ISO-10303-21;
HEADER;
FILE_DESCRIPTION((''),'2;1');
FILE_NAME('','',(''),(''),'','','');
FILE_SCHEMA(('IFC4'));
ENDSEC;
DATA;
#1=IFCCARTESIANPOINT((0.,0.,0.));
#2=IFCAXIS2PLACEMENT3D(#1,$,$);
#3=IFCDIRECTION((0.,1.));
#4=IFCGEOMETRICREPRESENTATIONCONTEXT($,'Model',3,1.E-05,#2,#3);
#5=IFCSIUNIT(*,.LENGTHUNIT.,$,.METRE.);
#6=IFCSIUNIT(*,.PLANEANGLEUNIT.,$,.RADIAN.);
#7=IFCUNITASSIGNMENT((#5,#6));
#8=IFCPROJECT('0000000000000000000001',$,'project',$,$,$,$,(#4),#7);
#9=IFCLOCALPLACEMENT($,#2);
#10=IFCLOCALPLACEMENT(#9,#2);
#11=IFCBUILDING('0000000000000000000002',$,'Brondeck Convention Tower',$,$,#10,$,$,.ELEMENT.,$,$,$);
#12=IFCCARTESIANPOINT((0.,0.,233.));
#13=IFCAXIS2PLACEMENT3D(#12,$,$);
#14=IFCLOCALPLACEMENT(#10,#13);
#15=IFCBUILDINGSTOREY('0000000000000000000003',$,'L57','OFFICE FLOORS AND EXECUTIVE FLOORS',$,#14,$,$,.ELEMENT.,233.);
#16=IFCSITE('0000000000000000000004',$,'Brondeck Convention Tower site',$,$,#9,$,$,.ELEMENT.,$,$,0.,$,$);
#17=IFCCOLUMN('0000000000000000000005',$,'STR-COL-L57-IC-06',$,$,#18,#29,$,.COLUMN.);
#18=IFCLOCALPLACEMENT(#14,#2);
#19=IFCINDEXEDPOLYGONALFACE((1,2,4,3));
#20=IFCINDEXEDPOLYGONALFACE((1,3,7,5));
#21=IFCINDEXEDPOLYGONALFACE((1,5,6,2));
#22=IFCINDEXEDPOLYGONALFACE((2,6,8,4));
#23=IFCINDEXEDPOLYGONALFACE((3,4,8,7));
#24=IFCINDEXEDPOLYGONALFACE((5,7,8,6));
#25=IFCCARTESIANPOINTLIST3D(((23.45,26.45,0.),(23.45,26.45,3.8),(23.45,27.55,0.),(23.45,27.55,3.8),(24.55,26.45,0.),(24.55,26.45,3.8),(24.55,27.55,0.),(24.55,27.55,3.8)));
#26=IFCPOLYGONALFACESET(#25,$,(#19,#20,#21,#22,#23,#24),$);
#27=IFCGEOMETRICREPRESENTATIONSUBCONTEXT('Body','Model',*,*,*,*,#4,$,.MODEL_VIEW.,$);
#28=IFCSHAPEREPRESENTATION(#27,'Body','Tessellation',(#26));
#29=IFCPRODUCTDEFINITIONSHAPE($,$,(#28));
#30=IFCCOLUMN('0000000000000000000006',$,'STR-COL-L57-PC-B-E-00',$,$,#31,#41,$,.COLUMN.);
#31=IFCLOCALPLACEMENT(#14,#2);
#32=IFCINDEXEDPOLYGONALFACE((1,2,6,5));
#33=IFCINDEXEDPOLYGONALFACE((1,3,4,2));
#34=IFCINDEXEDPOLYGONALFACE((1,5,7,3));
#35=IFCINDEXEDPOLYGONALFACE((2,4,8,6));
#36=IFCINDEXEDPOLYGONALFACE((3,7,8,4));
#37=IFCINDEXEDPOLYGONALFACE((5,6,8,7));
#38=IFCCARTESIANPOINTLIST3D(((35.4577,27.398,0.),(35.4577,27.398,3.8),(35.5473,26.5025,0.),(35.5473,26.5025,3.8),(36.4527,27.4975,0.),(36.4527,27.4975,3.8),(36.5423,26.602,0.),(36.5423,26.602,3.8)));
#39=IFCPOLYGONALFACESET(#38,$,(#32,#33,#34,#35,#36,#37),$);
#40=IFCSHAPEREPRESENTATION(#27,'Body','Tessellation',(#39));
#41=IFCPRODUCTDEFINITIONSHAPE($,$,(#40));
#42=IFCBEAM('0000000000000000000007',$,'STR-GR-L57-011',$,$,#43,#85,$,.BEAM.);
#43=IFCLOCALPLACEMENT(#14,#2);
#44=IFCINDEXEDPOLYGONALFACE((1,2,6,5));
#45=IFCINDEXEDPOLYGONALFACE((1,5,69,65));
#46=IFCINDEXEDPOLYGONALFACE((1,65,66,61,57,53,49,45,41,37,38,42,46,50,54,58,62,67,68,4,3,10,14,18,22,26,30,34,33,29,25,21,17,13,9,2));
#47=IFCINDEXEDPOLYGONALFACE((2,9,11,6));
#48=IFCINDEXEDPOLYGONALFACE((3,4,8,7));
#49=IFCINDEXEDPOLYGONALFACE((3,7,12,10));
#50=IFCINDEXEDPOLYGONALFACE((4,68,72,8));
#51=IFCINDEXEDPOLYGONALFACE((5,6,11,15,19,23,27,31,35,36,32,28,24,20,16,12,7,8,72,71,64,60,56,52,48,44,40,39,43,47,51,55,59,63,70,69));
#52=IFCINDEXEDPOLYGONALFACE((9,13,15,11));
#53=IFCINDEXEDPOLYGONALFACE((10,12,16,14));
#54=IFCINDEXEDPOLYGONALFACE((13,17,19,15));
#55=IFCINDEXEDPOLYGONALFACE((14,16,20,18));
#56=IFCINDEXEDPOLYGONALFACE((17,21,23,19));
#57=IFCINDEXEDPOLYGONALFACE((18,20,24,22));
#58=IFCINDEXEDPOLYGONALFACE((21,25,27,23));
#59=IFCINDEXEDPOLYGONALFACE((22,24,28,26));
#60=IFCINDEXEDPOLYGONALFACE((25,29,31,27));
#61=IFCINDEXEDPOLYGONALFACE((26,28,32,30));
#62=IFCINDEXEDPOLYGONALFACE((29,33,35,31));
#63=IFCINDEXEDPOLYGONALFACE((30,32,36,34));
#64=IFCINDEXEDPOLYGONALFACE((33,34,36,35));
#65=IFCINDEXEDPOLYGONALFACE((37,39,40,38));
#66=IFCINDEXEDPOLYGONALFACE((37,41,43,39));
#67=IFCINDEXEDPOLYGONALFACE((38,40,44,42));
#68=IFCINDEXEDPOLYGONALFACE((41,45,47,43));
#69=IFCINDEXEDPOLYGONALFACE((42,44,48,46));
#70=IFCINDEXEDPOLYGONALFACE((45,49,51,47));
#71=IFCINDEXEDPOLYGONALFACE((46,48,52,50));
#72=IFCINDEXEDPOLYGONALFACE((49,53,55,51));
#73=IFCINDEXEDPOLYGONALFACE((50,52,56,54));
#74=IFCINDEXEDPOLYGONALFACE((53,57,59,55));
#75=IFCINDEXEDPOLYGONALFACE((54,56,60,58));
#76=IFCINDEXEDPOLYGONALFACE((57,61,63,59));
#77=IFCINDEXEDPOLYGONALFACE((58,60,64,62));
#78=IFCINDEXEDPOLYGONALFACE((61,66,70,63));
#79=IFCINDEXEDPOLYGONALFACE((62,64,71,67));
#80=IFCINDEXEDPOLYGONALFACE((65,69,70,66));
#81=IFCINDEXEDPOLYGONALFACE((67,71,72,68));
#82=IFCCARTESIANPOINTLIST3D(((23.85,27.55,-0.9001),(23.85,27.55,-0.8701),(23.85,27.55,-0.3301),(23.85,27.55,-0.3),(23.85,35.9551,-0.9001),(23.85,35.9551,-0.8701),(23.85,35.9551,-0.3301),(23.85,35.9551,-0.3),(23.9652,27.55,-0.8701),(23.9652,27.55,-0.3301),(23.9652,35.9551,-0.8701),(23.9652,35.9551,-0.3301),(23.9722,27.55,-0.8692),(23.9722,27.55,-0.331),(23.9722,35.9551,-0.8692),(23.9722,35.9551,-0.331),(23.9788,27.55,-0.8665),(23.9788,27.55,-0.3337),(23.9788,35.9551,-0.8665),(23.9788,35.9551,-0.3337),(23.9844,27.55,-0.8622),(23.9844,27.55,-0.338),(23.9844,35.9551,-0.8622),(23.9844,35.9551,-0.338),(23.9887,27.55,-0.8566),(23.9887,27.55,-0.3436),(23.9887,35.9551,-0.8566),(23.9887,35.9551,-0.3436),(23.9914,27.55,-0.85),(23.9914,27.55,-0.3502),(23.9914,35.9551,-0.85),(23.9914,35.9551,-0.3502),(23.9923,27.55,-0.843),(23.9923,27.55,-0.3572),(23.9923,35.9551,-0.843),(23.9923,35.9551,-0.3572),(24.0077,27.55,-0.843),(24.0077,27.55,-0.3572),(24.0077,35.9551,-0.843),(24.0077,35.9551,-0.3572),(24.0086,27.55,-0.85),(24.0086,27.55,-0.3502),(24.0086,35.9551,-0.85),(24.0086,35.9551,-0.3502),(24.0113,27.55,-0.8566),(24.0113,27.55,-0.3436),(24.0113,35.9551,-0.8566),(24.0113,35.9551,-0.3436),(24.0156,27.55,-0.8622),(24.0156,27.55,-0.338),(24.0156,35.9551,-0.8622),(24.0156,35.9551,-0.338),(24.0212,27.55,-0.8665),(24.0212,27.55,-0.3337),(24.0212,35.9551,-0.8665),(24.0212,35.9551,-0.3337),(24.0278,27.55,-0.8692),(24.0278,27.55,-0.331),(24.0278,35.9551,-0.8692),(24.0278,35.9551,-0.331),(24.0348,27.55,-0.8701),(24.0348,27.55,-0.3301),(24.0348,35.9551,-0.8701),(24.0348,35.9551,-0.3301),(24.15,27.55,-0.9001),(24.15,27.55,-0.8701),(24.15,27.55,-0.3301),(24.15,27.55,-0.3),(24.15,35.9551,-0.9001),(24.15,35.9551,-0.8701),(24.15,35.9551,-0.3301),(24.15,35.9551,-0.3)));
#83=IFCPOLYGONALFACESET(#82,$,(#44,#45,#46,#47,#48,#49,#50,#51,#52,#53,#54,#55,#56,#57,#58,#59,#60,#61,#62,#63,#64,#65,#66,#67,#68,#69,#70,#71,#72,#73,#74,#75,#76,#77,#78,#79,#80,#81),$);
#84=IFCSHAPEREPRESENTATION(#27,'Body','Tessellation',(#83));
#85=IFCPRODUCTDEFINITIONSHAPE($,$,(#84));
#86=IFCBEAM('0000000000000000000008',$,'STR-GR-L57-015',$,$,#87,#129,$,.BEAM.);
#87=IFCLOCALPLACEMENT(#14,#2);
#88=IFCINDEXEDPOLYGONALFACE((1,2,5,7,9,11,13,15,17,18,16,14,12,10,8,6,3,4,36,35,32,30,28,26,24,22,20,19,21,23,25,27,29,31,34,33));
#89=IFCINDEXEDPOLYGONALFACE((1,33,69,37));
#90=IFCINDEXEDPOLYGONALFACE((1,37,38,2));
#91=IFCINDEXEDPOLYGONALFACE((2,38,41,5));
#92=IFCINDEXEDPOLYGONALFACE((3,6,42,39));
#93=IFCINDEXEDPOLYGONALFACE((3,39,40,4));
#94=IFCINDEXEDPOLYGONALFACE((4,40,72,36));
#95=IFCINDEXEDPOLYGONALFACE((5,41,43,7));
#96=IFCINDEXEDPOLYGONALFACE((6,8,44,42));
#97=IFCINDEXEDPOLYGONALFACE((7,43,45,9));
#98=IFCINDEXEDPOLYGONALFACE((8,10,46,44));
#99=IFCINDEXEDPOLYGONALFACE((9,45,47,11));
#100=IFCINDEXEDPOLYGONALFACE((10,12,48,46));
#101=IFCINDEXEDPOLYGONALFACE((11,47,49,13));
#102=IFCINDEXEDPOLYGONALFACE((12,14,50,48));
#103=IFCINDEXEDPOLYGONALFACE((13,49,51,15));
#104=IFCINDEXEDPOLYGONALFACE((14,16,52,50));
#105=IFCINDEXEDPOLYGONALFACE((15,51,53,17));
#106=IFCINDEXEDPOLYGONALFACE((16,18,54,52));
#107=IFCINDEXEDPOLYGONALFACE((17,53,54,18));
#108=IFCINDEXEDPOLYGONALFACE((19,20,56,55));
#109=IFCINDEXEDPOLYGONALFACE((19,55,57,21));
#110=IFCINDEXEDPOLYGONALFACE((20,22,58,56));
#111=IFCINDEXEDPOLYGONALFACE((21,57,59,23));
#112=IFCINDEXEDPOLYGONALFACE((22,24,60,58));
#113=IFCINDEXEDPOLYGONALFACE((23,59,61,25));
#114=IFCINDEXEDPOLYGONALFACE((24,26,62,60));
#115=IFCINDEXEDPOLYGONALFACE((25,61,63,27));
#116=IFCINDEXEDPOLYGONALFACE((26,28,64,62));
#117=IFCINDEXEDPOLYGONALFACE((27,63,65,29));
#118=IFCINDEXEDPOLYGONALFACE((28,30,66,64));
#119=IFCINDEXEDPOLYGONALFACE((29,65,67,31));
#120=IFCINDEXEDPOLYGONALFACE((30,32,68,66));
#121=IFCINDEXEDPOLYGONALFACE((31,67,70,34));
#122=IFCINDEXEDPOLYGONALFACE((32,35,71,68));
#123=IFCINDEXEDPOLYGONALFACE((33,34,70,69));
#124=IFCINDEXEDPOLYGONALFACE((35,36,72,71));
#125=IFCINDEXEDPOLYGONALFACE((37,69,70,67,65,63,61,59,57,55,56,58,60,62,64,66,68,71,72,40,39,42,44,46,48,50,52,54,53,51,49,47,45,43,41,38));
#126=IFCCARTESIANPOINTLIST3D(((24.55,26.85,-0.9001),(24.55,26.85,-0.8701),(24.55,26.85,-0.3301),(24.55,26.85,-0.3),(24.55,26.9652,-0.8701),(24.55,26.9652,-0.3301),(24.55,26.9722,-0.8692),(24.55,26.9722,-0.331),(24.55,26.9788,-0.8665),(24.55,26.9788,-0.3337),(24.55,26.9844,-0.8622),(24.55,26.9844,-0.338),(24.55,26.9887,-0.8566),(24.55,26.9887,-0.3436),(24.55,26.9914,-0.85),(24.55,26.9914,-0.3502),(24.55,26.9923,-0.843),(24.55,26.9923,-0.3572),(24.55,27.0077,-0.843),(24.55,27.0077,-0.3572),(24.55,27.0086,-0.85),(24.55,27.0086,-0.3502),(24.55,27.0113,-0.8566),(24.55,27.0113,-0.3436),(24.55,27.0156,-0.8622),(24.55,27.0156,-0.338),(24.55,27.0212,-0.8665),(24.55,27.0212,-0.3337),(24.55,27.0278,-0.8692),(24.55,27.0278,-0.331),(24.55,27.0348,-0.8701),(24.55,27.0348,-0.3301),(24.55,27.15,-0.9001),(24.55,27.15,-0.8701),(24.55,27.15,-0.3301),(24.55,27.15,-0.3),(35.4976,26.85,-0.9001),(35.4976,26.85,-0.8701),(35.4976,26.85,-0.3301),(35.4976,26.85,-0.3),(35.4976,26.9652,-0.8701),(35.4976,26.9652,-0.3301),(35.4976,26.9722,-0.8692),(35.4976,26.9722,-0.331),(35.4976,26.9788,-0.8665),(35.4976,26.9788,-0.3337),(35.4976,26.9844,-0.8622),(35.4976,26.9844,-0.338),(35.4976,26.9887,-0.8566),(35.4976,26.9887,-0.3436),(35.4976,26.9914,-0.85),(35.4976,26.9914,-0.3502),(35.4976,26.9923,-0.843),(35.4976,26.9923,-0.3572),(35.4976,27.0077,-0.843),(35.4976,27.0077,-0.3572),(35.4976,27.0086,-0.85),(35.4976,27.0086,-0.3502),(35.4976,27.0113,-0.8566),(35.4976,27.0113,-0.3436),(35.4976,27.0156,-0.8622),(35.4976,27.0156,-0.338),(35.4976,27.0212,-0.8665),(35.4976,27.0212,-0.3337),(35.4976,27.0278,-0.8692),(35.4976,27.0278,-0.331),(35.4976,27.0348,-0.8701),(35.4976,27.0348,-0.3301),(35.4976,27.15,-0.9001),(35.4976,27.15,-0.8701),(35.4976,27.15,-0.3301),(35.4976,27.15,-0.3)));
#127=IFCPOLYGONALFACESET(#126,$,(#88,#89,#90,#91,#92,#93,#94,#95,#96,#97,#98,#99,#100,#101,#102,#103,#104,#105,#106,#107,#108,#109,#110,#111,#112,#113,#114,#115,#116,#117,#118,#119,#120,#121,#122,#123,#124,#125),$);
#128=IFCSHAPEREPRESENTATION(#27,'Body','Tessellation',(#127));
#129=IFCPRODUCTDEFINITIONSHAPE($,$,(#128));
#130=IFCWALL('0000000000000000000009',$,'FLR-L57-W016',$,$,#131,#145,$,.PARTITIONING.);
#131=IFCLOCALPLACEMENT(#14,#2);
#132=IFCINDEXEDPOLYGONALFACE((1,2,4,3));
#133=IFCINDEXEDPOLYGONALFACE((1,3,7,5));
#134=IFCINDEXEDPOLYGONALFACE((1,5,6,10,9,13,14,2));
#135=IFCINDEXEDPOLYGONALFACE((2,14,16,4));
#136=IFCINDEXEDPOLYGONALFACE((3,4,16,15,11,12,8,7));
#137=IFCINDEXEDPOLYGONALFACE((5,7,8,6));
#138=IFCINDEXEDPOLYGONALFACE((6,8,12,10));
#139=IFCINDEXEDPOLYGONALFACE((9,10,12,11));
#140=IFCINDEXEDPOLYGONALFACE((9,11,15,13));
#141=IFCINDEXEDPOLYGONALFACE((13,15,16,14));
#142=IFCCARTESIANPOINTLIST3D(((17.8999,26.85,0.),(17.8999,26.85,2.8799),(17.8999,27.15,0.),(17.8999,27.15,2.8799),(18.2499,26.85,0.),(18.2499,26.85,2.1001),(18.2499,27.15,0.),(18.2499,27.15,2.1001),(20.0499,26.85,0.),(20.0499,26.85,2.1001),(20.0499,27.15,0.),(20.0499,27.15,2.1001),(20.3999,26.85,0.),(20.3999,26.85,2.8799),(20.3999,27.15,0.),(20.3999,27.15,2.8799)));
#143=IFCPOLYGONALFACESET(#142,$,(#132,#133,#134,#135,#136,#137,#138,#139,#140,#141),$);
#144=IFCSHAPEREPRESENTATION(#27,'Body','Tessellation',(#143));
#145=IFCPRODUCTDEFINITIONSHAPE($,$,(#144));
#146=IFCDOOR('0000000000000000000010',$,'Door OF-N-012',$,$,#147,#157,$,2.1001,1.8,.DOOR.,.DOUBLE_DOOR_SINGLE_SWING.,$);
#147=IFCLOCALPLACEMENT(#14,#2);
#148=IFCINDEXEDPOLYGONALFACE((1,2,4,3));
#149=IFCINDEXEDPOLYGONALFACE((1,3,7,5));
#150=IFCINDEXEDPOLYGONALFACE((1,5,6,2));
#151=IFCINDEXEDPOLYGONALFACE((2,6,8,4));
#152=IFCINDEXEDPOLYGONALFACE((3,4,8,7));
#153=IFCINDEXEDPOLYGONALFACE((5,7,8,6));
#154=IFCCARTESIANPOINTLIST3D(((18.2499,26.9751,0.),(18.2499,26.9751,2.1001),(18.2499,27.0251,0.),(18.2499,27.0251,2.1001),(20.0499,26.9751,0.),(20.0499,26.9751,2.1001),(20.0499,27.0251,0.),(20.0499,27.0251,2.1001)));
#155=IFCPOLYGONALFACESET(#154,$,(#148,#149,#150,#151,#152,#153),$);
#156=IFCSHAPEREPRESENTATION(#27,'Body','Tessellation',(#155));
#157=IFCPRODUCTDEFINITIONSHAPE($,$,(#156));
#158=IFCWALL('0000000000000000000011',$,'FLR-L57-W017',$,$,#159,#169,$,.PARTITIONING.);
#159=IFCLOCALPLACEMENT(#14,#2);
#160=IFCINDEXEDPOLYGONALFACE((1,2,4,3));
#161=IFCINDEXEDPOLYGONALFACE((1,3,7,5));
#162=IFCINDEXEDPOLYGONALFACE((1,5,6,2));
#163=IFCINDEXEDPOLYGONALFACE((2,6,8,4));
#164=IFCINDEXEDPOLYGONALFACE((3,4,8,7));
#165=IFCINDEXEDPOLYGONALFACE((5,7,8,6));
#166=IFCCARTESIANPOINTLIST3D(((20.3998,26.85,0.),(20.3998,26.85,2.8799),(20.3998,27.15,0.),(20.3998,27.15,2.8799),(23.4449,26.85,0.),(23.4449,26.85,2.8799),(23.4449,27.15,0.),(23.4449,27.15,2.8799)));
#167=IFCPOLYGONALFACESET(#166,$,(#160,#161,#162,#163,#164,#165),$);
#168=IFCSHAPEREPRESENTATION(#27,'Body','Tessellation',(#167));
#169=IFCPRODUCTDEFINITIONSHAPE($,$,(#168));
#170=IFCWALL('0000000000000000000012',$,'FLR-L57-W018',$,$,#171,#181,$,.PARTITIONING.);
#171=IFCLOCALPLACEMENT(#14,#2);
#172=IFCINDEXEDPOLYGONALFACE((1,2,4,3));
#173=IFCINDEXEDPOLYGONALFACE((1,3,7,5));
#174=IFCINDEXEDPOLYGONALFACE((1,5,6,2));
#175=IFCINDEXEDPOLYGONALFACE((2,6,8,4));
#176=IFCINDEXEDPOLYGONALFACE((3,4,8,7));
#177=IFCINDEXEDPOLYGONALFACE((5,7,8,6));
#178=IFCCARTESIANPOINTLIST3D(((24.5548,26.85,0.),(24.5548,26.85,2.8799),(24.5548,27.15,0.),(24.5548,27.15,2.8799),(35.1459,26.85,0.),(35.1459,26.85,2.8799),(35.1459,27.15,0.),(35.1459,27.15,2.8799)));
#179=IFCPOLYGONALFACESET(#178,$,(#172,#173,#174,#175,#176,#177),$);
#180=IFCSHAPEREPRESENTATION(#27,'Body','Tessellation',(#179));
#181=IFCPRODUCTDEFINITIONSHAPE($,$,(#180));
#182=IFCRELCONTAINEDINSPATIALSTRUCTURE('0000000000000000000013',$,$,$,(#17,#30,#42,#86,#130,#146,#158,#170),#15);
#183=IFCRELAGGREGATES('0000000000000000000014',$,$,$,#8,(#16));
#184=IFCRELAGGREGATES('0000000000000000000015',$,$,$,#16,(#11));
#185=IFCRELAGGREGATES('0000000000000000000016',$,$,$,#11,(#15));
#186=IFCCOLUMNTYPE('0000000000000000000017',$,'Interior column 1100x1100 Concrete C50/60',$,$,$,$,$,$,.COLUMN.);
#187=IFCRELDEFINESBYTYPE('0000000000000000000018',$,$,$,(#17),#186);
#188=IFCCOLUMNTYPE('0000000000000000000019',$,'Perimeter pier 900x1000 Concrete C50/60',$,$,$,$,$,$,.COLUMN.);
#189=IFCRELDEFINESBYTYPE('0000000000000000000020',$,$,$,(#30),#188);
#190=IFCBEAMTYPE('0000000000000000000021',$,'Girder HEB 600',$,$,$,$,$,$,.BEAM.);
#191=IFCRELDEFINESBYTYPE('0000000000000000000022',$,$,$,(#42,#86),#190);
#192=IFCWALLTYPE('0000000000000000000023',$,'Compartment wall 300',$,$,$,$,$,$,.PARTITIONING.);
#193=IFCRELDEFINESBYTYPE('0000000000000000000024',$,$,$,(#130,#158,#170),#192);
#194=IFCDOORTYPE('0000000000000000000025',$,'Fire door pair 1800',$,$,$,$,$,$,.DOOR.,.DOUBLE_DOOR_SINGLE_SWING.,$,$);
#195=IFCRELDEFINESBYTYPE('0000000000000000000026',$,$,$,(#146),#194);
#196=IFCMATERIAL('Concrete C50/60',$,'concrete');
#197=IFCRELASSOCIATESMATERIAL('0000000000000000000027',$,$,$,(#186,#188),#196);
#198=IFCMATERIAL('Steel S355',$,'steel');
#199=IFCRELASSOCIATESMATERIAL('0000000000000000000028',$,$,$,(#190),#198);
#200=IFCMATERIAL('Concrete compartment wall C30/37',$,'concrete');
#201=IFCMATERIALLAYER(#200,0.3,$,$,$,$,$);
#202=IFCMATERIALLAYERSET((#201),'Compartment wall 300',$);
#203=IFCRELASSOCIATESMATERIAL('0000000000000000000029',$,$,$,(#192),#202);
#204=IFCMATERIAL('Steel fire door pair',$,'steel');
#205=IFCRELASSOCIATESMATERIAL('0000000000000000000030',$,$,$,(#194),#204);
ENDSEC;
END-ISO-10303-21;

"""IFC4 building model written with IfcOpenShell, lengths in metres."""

from ifc_helpers import new_model, si_unit, direction, frame, frame_2d, origin, origin_2d, place, context, subcontext, project, spatial, rectangle, i_section, extrude, material, layer, layer_set, material_profile, profile_set, type_object, element, fill, save


model = new_model("IFC4")

# Units and contexts
model_context = context("Model", 3, precision=1e-05, world=origin(), true_north=direction((0.0, 1.0)))
body_context = subcontext(model_context, "Body", "Model", "MODEL_VIEW")
ifc_project = project(units=[si_unit("LENGTHUNIT", "METRE"), si_unit("PLANEANGLEUNIT", "RADIAN")], contexts=[model_context])

# Site, building, storey
site_placement = place(None, origin())
site = spatial("IfcSite", under=ifc_project, at=site_placement, Name="Brondeck Convention Tower site", CompositionType="ELEMENT", RefElevation=0.0)
building_placement = place(site_placement, origin())
building = spatial("IfcBuilding", under=site, at=building_placement, Name="Brondeck Convention Tower", CompositionType="ELEMENT")
storey_placement = place(building_placement, frame((0.0, 0.0, 233.0)))
storey = spatial("IfcBuildingStorey", under=building, at=storey_placement, Name="L57", Description="OFFICE FLOORS AND EXECUTIVE FLOORS", CompositionType="ELEMENT", Elevation=233.0)

# Columns
ifc_material_1 = material(Name="Concrete C50/60", Category="concrete")
ifc_material_profile_1 = material_profile(ifc_material_1, rectangle(XDim=1.1001, YDim=1.1001, at=origin_2d()), Name="Interior column 1100x1100 Concrete C50/60")
ifc_profile_set_1 = profile_set([ifc_material_profile_1], Name="Concrete C50/60")
column_type_1 = type_object("IfcColumnType", Name="Interior column 1100x1100 Concrete C50/60", PredefinedType="COLUMN", material=ifc_profile_set_1)
column_1_placement = place(storey_placement, frame((24.0, 27.0, 0.0), z_axis=(0.0, 0.0, 1.0), x_axis=(1.0, 0.0, 0.0)))
element("IfcColumn", 1, at=column_1_placement, inside=storey, type_object=column_type_1, Name="STR-COL-L57-IC-06", PredefinedType="COLUMN", context=body_context, shape_type="SweptSolid", body=[
    extrude(rectangle(XDim=1.1001, YDim=1.1001, at=origin_2d()), origin(), (0.0, 0.0, 1.0), 3.8),
])
ifc_material_profile_2 = material_profile(ifc_material_1, rectangle(XDim=0.8999, YDim=1.0, at=origin_2d()), Name="Perimeter pier 900x1000 Concrete C50/60")
ifc_profile_set_2 = profile_set([ifc_material_profile_2], Name="Concrete C50/60")
column_type_2 = type_object("IfcColumnType", Name="Perimeter pier 900x1000 Concrete C50/60", PredefinedType="COLUMN", material=ifc_profile_set_2)
column_2_placement = place(storey_placement, frame((36.0, 27.0, 0.0), z_axis=(0.0, 0.0, 1.0), x_axis=(-0.099504, 0.995037, 0.0)))
element("IfcColumn", 2, at=column_2_placement, inside=storey, type_object=column_type_2, Name="STR-COL-L57-PC-B-E-00", PredefinedType="COLUMN", context=body_context, shape_type="SweptSolid", body=[
    extrude(rectangle(XDim=0.8999, YDim=1.0, at=origin_2d()), origin(), (0.0, 0.0, 1.0), 3.8),
])

# Beams
ifc_material_2 = material(Name="Steel S355", Category="steel")
ifc_material_profile_3 = material_profile(ifc_material_2, i_section(OverallWidth=0.3, OverallDepth=0.6001, WebThickness=0.0154, FlangeThickness=0.03, FilletRadius=0.0271, at=origin_2d()), Name="HEB 600")
ifc_profile_set_3 = profile_set([ifc_material_profile_3], Name="Steel S355")
beam_type = type_object("IfcBeamType", Name="Girder HEB 600", PredefinedType="BEAM", material=ifc_profile_set_3)
beam_1_placement = place(storey_placement, frame((24.0, 35.9551, -0.6001), z_axis=(0.0, -1.0, 0.0), x_axis=(1.0, 0.0, 0.0)))
element("IfcBeam", 3, at=beam_1_placement, inside=storey, type_object=beam_type, Name="STR-GR-L57-011", PredefinedType="BEAM", context=body_context, shape_type="SweptSolid", body=[
    extrude(i_section(OverallWidth=0.3, OverallDepth=0.6001, WebThickness=0.0154, FlangeThickness=0.03, FilletRadius=0.0271, at=origin_2d()), origin(), (0.0, 0.0, 1.0), 8.405),
])
beam_2_placement = place(storey_placement, frame((24.55, 27.0, -0.6001), z_axis=(1.0, 0.0, 0.0), x_axis=(0.0, 1.0, 0.0)))
element("IfcBeam", 4, at=beam_2_placement, inside=storey, type_object=beam_type, Name="STR-GR-L57-015", PredefinedType="BEAM", context=body_context, shape_type="SweptSolid", body=[
    extrude(i_section(OverallWidth=0.3, OverallDepth=0.6001, WebThickness=0.0154, FlangeThickness=0.03, FilletRadius=0.0271, at=origin_2d()), origin(), (0.0, 0.0, 1.0), 10.9475),
])

# Wall, opening, door
ifc_material_3 = material(Name="Concrete compartment wall C30/37", Category="concrete")
ifc_layer_1 = layer(ifc_material_3, 0.3)
ifc_layer_set_1 = layer_set([ifc_layer_1], Name="Compartment wall 300")
wall_type_1 = type_object("IfcWallType", Name="Compartment wall 300", PredefinedType="PARTITIONING", material=ifc_layer_set_1)
wall_1_placement = place(storey_placement, frame((20.3999, 27.0, 0.0), z_axis=(0.0, 0.0, 1.0), x_axis=(-1.0, 0.0, 0.0)))
wall_1 = element("IfcWall", 5, at=wall_1_placement, inside=storey, type_object=wall_type_1, Name="FLR-L57-W016", PredefinedType="PARTITIONING", context=body_context, shape_type="SweptSolid", body=[
    extrude(rectangle(XDim=2.5, YDim=0.3, at=frame_2d((1.25, 0.0))), origin(), (0.0, 0.0, 1.0), 2.8799),
])
opening_1_placement = place(wall_1_placement, frame((0.3501, 0.0, 0.0)))
opening_1 = element("IfcOpeningElement", 6, at=opening_1_placement, cuts=wall_1, PredefinedType="OPENING", context=body_context, shape_type="SweptSolid", body=[
    extrude(rectangle(XDim=1.8, YDim=2.1001, at=frame_2d((0.8999, 1.05))), frame((0.0, 0.1599, 0.0), z_axis=(0.0, -1.0, 0.0), x_axis=(1.0, 0.0, 0.0)), (0.0, 0.0, 1.0), 0.3201),
])
ifc_material_4 = material(Name="Steel fire door pair", Category="steel")
door_type_1 = type_object("IfcDoorType", Name="Fire door pair 1800", OperationType="DOUBLE_DOOR_SINGLE_SWING", PredefinedType="DOOR", material=ifc_material_4)
door_1_placement = place(opening_1_placement, origin())
door_1 = element("IfcDoor", 7, at=door_1_placement, inside=storey, type_object=door_type_1, Name="Door OF-N-012", OperationType="DOUBLE_DOOR_SINGLE_SWING", OverallHeight=2.1001, OverallWidth=1.8, PredefinedType="DOOR", context=body_context, shape_type="SweptSolid", body=[
    extrude(rectangle(XDim=1.8, YDim=2.1001, at=frame_2d((0.8999, 1.05))), frame((0.0, 0.0249, 0.0), z_axis=(0.0, -1.0, 0.0), x_axis=(1.0, 0.0, 0.0)), (0.0, 0.0, 1.0), 0.05),
])
fill(opening_1, door_1)

# Walls
wall_2_placement = place(storey_placement, frame((20.3999, 27.0, 0.0), z_axis=(0.0, 0.0, 1.0), x_axis=(1.0, 0.0, 0.0)))
element("IfcWall", 8, at=wall_2_placement, inside=storey, type_object=wall_type_1, Name="FLR-L57-W017", PredefinedType="PARTITIONING", context=body_context, shape_type="SweptSolid", body=[
    extrude(rectangle(XDim=3.0452, YDim=0.3, at=frame_2d((1.5225, 0.0))), origin(), (0.0, 0.0, 1.0), 2.8799),
])
wall_3_placement = place(storey_placement, frame((24.5549, 27.0, 0.0), z_axis=(0.0, 0.0, 1.0), x_axis=(1.0, 0.0, 0.0)))
element("IfcWall", 9, at=wall_3_placement, inside=storey, type_object=wall_type_1, Name="FLR-L57-W018", PredefinedType="PARTITIONING", context=body_context, shape_type="SweptSolid", body=[
    extrude(rectangle(XDim=10.5911, YDim=0.3, at=frame_2d((5.2954, 0.0))), origin(), (0.0, 0.0, 1.0), 2.8799),
])

save(model, "model.ifc")
